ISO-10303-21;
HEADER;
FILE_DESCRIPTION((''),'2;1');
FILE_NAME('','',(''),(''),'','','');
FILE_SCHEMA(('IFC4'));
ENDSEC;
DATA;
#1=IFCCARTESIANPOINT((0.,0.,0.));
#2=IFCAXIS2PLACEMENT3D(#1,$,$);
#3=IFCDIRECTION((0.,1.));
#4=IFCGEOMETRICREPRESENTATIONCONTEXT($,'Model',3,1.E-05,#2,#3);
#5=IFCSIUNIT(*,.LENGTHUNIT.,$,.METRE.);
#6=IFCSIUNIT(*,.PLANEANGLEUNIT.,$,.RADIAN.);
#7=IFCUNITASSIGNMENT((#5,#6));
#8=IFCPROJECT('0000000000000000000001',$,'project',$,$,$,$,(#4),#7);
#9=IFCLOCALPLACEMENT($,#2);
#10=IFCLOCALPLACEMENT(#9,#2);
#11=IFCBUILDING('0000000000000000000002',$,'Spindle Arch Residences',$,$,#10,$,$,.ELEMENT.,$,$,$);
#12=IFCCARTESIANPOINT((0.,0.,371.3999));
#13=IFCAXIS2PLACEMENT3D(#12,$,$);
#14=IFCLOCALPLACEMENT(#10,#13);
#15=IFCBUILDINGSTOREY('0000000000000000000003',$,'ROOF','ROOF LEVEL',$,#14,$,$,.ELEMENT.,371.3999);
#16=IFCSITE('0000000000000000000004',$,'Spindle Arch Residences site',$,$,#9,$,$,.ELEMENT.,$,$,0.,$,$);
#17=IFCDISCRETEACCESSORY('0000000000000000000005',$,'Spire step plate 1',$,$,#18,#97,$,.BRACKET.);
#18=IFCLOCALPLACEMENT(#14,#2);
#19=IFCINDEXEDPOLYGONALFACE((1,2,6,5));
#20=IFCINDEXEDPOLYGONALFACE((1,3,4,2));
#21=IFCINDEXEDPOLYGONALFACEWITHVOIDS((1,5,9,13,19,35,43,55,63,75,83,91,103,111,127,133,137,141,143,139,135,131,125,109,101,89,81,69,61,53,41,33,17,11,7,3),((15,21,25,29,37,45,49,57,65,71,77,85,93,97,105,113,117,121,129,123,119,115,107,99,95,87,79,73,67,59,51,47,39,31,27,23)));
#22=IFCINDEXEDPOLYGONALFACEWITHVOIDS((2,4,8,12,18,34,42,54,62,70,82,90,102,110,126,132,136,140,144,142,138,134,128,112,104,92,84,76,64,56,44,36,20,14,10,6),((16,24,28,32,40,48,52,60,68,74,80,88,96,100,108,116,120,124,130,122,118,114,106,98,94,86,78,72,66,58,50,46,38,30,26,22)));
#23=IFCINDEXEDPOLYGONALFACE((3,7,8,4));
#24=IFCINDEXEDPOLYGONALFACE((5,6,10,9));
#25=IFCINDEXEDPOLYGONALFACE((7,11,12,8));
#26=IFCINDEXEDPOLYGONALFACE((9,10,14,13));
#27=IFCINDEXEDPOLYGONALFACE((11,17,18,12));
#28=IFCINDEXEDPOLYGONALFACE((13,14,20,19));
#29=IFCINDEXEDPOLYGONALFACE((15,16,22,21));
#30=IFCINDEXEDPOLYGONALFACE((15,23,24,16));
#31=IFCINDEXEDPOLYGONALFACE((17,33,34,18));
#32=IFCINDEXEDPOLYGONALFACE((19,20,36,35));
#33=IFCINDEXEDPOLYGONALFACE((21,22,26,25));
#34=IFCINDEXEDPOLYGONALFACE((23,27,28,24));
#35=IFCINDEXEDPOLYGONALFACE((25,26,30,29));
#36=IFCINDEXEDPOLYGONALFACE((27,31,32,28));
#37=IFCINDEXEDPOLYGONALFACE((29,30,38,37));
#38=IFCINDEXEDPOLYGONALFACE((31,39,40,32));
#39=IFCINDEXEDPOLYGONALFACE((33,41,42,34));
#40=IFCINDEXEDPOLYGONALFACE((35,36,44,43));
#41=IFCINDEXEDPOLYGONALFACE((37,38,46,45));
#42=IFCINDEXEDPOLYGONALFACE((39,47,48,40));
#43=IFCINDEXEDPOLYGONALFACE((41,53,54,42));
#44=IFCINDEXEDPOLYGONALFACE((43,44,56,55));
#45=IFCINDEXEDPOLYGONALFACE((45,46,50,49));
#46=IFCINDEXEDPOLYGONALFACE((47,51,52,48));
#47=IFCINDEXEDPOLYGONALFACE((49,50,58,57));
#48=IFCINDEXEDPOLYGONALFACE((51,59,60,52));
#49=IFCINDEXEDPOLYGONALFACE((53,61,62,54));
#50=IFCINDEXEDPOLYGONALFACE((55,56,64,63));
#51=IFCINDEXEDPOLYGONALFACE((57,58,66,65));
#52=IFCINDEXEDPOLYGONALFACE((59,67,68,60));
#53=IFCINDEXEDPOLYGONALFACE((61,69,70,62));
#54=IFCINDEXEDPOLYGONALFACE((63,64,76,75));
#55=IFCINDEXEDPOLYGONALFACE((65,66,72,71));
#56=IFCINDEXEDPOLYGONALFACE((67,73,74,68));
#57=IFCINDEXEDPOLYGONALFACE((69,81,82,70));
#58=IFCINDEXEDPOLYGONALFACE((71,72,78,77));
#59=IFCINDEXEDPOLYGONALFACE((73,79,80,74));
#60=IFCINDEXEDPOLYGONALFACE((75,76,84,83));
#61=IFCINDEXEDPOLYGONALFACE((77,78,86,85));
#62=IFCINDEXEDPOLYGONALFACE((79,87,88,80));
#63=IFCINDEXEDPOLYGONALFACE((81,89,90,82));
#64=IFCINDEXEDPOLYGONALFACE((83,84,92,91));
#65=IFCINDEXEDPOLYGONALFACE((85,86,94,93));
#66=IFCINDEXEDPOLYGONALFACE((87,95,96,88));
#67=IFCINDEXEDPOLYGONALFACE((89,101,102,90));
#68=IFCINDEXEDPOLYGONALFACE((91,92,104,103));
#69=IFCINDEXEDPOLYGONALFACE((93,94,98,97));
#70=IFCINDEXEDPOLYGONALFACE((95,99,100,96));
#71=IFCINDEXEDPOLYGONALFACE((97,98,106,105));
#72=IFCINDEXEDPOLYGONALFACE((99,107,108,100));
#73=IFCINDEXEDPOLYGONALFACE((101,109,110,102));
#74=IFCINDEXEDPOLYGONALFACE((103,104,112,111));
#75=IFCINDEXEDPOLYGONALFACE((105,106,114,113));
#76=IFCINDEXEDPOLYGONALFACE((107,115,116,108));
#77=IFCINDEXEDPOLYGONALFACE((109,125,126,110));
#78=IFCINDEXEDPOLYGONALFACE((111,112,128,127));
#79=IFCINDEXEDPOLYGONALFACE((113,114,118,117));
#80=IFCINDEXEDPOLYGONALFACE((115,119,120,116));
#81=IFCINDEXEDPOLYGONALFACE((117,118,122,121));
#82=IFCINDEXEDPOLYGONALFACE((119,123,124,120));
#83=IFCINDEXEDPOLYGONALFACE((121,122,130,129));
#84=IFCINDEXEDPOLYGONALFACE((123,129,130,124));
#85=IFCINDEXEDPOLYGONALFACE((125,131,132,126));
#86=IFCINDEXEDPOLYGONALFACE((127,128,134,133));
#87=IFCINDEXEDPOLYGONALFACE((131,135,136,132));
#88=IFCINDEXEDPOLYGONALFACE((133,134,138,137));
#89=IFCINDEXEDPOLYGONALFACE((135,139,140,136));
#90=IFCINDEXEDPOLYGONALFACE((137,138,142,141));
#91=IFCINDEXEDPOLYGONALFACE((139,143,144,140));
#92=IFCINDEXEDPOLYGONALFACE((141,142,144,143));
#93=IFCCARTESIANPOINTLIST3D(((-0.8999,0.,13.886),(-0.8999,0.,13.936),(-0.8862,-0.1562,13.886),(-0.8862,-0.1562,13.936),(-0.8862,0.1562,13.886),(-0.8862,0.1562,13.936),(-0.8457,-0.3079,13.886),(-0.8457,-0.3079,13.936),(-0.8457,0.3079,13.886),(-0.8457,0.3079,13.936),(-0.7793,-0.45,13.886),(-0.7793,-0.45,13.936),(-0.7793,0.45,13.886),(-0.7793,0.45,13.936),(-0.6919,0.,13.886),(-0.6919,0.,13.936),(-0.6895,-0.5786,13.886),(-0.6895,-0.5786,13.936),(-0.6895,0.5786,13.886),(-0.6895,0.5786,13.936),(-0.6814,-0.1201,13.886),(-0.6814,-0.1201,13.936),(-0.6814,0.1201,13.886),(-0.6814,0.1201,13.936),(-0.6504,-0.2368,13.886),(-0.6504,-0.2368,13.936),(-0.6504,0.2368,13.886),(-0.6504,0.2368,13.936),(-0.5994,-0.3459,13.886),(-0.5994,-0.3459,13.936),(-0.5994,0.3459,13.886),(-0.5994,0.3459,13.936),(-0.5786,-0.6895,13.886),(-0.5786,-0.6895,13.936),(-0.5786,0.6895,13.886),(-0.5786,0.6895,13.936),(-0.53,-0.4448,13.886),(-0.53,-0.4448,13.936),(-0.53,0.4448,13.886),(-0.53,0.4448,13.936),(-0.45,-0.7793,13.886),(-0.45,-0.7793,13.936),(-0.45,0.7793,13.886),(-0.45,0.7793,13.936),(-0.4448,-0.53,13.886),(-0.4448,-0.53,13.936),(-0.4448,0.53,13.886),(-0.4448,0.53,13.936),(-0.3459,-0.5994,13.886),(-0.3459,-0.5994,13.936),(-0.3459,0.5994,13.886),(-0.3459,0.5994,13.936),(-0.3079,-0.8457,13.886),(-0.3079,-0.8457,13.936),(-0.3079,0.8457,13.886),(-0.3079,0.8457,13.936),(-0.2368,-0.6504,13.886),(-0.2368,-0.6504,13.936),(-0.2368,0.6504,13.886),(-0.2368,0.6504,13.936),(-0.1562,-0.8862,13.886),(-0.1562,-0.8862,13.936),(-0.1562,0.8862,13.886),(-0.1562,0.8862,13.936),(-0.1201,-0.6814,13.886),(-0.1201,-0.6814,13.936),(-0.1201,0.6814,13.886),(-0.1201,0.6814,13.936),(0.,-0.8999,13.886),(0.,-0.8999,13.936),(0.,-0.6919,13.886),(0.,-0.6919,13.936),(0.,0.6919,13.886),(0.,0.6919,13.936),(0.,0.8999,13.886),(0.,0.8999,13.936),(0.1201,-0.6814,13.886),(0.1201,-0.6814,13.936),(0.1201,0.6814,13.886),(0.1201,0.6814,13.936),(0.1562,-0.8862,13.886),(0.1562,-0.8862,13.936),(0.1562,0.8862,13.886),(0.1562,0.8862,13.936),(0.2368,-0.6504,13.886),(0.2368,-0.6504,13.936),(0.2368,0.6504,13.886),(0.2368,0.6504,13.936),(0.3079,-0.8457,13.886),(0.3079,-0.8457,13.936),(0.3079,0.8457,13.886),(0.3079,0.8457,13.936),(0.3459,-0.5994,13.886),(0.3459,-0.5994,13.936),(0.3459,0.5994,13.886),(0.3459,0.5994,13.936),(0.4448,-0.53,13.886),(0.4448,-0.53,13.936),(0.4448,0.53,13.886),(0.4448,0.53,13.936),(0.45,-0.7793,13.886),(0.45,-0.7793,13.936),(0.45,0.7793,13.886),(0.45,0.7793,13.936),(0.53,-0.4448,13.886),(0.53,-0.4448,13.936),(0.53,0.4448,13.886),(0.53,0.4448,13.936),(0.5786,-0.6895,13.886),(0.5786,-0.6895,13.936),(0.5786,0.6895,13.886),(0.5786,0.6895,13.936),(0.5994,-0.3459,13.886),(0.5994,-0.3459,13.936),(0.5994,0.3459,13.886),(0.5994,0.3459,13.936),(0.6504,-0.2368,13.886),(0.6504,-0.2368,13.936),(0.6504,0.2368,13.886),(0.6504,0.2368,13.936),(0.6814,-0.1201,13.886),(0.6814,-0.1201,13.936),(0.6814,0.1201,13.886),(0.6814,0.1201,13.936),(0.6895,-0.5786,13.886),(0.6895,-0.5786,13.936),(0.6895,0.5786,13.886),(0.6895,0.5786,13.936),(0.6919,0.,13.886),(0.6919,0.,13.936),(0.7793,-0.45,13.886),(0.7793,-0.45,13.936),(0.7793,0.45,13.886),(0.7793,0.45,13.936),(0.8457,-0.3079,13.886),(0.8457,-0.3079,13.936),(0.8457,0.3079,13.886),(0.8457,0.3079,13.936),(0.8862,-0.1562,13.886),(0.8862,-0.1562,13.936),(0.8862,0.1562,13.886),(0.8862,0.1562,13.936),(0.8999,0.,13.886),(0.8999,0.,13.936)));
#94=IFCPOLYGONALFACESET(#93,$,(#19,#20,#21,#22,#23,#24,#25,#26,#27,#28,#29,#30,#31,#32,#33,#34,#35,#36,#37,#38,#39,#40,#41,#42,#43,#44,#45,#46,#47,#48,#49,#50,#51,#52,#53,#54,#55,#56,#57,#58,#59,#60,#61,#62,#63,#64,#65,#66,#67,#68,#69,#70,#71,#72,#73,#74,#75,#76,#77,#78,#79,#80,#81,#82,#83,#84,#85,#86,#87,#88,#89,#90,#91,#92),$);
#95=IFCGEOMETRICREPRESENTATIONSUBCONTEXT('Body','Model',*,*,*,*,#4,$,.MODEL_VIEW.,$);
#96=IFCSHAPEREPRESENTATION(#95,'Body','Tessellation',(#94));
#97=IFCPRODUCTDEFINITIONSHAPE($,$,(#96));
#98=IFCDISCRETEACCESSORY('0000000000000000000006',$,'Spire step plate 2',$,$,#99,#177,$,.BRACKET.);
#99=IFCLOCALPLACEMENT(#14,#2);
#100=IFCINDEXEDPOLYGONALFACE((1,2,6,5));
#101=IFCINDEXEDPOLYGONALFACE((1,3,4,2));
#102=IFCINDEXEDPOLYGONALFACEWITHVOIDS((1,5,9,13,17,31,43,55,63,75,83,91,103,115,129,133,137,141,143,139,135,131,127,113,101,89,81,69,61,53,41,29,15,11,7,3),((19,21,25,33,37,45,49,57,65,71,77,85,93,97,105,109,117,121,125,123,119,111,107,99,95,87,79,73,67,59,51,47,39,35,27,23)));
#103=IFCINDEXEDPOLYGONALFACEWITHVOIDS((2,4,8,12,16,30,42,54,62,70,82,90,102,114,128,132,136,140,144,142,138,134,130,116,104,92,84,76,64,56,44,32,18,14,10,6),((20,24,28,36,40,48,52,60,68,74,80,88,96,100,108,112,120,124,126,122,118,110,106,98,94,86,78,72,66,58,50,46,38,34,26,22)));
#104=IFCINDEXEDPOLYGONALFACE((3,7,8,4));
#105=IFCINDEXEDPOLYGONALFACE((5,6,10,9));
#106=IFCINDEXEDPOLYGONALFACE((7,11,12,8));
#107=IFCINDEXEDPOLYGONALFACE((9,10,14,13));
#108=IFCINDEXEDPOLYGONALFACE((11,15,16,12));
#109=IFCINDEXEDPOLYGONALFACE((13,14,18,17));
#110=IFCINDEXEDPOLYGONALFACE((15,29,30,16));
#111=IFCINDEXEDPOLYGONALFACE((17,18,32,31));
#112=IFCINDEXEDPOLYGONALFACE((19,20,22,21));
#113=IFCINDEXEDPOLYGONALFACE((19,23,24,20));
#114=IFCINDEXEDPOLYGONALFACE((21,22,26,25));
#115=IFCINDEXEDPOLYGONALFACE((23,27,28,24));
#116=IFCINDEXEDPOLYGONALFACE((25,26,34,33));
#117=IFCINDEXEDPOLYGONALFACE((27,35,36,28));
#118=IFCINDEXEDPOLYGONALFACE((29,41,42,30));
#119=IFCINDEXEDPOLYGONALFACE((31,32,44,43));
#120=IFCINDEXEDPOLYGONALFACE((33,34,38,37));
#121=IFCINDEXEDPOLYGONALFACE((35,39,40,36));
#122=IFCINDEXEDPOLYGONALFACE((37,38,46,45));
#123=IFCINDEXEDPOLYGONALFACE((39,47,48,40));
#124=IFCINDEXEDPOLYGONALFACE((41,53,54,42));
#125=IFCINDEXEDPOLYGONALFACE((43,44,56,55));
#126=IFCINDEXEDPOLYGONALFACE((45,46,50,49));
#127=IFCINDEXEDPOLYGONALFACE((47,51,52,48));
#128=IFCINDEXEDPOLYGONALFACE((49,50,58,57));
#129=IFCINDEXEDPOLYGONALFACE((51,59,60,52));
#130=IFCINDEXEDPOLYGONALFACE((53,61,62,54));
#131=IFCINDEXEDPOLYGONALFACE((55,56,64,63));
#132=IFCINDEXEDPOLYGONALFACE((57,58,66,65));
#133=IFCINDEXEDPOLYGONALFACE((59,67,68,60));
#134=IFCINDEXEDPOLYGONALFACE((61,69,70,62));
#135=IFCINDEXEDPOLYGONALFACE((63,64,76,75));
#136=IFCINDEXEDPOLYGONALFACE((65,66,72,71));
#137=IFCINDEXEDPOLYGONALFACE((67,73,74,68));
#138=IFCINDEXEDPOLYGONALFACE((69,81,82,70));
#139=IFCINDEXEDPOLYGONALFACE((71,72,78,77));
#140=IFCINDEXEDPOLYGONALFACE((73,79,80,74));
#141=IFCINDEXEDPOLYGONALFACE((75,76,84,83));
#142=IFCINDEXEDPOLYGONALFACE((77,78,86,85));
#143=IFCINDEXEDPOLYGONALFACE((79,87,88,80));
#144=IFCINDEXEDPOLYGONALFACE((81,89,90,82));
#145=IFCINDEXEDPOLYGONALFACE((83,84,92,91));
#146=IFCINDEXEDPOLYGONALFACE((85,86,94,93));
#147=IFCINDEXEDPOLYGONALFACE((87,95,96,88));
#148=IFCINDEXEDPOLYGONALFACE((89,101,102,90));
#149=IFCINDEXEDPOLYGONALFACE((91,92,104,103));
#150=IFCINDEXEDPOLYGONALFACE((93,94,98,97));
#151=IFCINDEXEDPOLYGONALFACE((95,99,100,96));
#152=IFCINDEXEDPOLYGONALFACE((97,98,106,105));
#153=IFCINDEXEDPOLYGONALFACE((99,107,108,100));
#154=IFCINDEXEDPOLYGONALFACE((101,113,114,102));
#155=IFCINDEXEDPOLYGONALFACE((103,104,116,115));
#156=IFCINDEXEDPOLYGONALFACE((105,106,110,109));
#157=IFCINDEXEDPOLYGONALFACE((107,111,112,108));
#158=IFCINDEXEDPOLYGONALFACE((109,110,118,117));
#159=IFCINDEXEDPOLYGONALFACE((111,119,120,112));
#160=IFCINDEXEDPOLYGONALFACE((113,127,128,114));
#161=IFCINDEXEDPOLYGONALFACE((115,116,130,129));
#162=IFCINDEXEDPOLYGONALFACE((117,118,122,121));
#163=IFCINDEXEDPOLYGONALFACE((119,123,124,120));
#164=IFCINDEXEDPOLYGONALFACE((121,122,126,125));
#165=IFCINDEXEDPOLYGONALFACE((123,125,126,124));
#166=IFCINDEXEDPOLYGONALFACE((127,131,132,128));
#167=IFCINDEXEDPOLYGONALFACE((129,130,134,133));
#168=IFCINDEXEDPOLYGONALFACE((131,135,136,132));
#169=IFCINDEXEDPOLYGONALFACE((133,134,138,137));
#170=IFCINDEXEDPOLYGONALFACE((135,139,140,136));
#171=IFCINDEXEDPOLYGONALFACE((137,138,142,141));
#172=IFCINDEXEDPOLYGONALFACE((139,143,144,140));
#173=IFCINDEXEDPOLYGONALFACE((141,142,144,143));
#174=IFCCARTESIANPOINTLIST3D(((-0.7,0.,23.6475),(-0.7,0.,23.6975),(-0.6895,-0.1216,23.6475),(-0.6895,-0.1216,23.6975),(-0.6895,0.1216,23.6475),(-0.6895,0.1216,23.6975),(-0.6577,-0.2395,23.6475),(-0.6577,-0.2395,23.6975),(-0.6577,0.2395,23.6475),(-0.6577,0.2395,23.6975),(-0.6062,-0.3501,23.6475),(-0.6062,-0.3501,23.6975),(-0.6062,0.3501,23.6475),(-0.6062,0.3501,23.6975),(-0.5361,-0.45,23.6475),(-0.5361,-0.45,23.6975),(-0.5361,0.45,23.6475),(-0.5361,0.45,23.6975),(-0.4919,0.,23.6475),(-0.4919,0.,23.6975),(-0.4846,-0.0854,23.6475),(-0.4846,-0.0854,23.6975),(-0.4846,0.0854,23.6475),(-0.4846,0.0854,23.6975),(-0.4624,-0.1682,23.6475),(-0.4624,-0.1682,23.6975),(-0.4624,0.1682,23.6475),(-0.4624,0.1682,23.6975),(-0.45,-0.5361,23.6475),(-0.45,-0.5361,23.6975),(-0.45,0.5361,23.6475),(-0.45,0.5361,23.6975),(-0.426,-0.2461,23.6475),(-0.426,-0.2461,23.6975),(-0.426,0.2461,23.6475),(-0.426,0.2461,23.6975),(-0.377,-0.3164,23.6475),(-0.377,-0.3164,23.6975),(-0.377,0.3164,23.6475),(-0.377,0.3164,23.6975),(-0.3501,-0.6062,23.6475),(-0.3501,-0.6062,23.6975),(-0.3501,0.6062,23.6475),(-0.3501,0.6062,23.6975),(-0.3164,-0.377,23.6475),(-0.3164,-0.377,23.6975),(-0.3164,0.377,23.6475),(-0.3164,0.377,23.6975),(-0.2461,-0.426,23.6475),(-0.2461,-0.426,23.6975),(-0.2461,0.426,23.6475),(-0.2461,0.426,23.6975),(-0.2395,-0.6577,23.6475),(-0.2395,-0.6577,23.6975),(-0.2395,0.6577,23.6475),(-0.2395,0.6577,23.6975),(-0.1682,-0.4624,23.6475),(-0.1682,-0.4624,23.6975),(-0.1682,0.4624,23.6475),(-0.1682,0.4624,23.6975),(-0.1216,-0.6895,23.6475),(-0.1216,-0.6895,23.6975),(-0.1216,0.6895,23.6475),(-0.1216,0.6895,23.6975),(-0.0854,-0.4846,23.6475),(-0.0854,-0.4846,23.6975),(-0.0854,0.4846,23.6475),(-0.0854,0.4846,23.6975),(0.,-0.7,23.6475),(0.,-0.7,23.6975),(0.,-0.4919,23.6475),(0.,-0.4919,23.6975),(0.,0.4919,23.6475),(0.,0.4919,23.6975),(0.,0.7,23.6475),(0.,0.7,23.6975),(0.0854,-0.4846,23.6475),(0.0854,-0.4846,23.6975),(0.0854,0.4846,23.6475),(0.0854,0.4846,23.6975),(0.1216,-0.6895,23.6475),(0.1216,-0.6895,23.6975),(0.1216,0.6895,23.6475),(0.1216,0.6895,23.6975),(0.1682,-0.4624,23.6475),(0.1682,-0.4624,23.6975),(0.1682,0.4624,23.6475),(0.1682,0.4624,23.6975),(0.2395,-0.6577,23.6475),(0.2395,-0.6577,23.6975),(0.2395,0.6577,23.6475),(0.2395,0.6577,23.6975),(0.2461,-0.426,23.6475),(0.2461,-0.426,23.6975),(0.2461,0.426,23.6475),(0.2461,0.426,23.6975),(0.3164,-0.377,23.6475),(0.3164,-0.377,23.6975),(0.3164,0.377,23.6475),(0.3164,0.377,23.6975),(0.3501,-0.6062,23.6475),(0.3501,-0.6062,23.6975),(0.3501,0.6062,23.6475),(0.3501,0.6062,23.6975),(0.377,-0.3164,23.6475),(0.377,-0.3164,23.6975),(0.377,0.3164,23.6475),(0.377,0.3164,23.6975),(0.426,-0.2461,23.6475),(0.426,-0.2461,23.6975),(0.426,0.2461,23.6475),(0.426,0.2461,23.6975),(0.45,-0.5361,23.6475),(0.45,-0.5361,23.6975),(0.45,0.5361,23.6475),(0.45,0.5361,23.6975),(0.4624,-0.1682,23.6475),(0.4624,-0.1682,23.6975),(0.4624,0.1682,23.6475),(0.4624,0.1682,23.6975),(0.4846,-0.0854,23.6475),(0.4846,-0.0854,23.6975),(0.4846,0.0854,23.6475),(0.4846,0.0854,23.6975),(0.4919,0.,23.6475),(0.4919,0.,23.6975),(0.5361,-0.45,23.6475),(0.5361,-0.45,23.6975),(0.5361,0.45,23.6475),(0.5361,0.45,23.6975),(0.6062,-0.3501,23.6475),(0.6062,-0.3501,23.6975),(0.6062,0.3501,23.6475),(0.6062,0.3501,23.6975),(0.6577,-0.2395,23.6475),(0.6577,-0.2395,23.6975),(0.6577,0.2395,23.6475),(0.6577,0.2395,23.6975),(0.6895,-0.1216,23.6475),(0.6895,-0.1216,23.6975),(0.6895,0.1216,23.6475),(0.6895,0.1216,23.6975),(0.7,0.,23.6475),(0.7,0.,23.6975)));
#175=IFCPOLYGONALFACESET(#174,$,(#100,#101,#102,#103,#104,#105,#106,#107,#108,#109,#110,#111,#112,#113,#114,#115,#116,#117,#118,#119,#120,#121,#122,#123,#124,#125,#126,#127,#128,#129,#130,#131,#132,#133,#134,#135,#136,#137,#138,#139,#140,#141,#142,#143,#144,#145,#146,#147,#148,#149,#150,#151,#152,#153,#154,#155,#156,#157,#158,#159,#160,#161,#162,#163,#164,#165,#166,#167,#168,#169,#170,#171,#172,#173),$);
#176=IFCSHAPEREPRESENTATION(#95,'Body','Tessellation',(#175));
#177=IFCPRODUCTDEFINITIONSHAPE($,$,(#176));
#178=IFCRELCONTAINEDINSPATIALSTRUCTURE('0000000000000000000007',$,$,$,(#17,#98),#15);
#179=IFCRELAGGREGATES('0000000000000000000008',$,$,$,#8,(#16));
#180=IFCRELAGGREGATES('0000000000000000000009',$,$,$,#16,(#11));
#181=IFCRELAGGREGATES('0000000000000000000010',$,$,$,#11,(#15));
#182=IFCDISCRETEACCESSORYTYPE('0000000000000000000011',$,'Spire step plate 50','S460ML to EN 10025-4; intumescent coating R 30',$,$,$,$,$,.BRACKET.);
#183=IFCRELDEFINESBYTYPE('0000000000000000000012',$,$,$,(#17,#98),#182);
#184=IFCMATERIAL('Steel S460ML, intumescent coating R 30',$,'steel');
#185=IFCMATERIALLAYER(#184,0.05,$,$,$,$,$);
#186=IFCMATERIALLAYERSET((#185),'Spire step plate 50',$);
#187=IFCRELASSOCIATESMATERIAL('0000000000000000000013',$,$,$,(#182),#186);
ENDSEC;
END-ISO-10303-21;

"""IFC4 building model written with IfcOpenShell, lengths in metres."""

from ifc_helpers import new_model, si_unit, direction, frame, origin, place, context, subcontext, project, spatial, polyline, outline, extrude, material, layer, layer_set, type_object, element, save


model = new_model("IFC4")

# Units and contexts
model_context = context("Model", 3, precision=1e-05, world=origin(), true_north=direction((0.0, 1.0)))
body_context = subcontext(model_context, "Body", "Model", "MODEL_VIEW")
ifc_project = project(units=[si_unit("LENGTHUNIT", "METRE"), si_unit("PLANEANGLEUNIT", "RADIAN")], contexts=[model_context])

# Site, building, storey
site_placement = place(None, origin())
site = spatial("IfcSite", under=ifc_project, at=site_placement, Name="Spindle Arch Residences site", CompositionType="ELEMENT", RefElevation=0.0)
building_placement = place(site_placement, origin())
building = spatial("IfcBuilding", under=site, at=building_placement, Name="Spindle Arch Residences", CompositionType="ELEMENT")
storey_placement = place(building_placement, frame((0.0, 0.0, 371.3999)))
storey = spatial("IfcBuildingStorey", under=building, at=storey_placement, Name="ROOF", Description="ROOF LEVEL", CompositionType="ELEMENT", Elevation=371.3999)

# Discrete accessories
ifc_material_1 = material(Name="Steel S460ML, intumescent coating R 30", Category="steel")
ifc_layer_1 = layer(ifc_material_1, 0.05)
ifc_layer_set_1 = layer_set([ifc_layer_1], Name="Spire step plate 50")
discrete_accessory_type_1 = type_object("IfcDiscreteAccessoryType", Name="Spire step plate 50", Description="S460ML to EN 10025-4; intumescent coating R 30", PredefinedType="BRACKET", material=ifc_layer_set_1)
discrete_accessory_1_placement = place(storey_placement, frame((0.0, 0.0, 13.886)))
element("IfcDiscreteAccessory", 1, at=discrete_accessory_1_placement, inside=storey, type_object=discrete_accessory_type_1, Name="Spire step plate 1", PredefinedType="BRACKET", context=body_context, shape_type="SweptSolid", body=[
    extrude(outline(polyline([(0.8862, -0.1562), (0.8457, -0.3079), (0.7793, -0.45), (0.6895, -0.5786), (0.5786, -0.6895), (0.45, -0.7793), (0.3079, -0.8457), (0.1562, -0.8862), (0.0, -0.8999), (-0.1562, -0.8862), (-0.3079, -0.8457), (-0.45, -0.7793), (-0.5786, -0.6895), (-0.6895, -0.5786), (-0.7793, -0.45), (-0.8457, -0.3079), (-0.8862, -0.1562), (-0.8999, 0.0), (-0.8862, 0.1562), (-0.8457, 0.3079), (-0.7793, 0.45), (-0.6895, 0.5786), (-0.5786, 0.6895), (-0.45, 0.7793), (-0.3079, 0.8457), (-0.1562, 0.8862), (0.0, 0.8999), (0.1562, 0.8862), (0.3079, 0.8457), (0.45, 0.7793), (0.5786, 0.6895), (0.6895, 0.5786), (0.7793, 0.45), (0.8457, 0.3079), (0.8862, 0.1562), (0.8999, 0.0), (0.8862, -0.1562)]), holes=[polyline([(0.6814, 0.1201), (0.6504, 0.2368), (0.5994, 0.3459), (0.53, 0.4448), (0.4448, 0.53), (0.3459, 0.5994), (0.2368, 0.6504), (0.1201, 0.6814), (0.0, 0.6919), (-0.1201, 0.6814), (-0.2368, 0.6504), (-0.3459, 0.5994), (-0.4448, 0.53), (-0.53, 0.4448), (-0.5994, 0.3459), (-0.6504, 0.2368), (-0.6814, 0.1201), (-0.6919, 0.0), (-0.6814, -0.1201), (-0.6504, -0.2368), (-0.5994, -0.3459), (-0.53, -0.4448), (-0.4448, -0.53), (-0.3459, -0.5994), (-0.2368, -0.6504), (-0.1201, -0.6814), (0.0, -0.6919), (0.1201, -0.6814), (0.2368, -0.6504), (0.3459, -0.5994), (0.4448, -0.53), (0.53, -0.4448), (0.5994, -0.3459), (0.6504, -0.2368), (0.6814, -0.1201), (0.6919, 0.0), (0.6814, 0.1201)])]), origin(), (0.0, 0.0, 1.0), 0.05),
])
discrete_accessory_2_placement = place(storey_placement, frame((0.0, 0.0, 23.6475)))
element("IfcDiscreteAccessory", 2, at=discrete_accessory_2_placement, inside=storey, type_object=discrete_accessory_type_1, Name="Spire step plate 2", PredefinedType="BRACKET", context=body_context, shape_type="SweptSolid", body=[
    extrude(outline(polyline([(0.6895, -0.1216), (0.6577, -0.2395), (0.6062, -0.3501), (0.5361, -0.45), (0.45, -0.5361), (0.3501, -0.6062), (0.2395, -0.6577), (0.1216, -0.6895), (0.0, -0.7), (-0.1216, -0.6895), (-0.2395, -0.6577), (-0.3501, -0.6062), (-0.45, -0.5361), (-0.5361, -0.45), (-0.6062, -0.3501), (-0.6577, -0.2395), (-0.6895, -0.1216), (-0.7, 0.0), (-0.6895, 0.1216), (-0.6577, 0.2395), (-0.6062, 0.3501), (-0.5361, 0.45), (-0.45, 0.5361), (-0.3501, 0.6062), (-0.2395, 0.6577), (-0.1216, 0.6895), (0.0, 0.7), (0.1216, 0.6895), (0.2395, 0.6577), (0.3501, 0.6062), (0.45, 0.5361), (0.5361, 0.45), (0.6062, 0.3501), (0.6577, 0.2395), (0.6895, 0.1216), (0.7, 0.0), (0.6895, -0.1216)]), holes=[polyline([(0.4846, 0.0854), (0.4624, 0.1682), (0.426, 0.2461), (0.377, 0.3164), (0.3164, 0.377), (0.2461, 0.426), (0.1682, 0.4624), (0.0854, 0.4846), (0.0, 0.4919), (-0.0854, 0.4846), (-0.1682, 0.4624), (-0.2461, 0.426), (-0.3164, 0.377), (-0.377, 0.3164), (-0.426, 0.2461), (-0.4624, 0.1682), (-0.4846, 0.0854), (-0.4919, 0.0), (-0.4846, -0.0854), (-0.4624, -0.1682), (-0.426, -0.2461), (-0.377, -0.3164), (-0.3164, -0.377), (-0.2461, -0.426), (-0.1682, -0.4624), (-0.0854, -0.4846), (0.0, -0.4919), (0.0854, -0.4846), (0.1682, -0.4624), (0.2461, -0.426), (0.3164, -0.377), (0.377, -0.3164), (0.426, -0.2461), (0.4624, -0.1682), (0.4846, -0.0854), (0.4919, 0.0), (0.4846, 0.0854)])]), origin(), (0.0, 0.0, 1.0), 0.05),
])

save(model, "model.ifc")
